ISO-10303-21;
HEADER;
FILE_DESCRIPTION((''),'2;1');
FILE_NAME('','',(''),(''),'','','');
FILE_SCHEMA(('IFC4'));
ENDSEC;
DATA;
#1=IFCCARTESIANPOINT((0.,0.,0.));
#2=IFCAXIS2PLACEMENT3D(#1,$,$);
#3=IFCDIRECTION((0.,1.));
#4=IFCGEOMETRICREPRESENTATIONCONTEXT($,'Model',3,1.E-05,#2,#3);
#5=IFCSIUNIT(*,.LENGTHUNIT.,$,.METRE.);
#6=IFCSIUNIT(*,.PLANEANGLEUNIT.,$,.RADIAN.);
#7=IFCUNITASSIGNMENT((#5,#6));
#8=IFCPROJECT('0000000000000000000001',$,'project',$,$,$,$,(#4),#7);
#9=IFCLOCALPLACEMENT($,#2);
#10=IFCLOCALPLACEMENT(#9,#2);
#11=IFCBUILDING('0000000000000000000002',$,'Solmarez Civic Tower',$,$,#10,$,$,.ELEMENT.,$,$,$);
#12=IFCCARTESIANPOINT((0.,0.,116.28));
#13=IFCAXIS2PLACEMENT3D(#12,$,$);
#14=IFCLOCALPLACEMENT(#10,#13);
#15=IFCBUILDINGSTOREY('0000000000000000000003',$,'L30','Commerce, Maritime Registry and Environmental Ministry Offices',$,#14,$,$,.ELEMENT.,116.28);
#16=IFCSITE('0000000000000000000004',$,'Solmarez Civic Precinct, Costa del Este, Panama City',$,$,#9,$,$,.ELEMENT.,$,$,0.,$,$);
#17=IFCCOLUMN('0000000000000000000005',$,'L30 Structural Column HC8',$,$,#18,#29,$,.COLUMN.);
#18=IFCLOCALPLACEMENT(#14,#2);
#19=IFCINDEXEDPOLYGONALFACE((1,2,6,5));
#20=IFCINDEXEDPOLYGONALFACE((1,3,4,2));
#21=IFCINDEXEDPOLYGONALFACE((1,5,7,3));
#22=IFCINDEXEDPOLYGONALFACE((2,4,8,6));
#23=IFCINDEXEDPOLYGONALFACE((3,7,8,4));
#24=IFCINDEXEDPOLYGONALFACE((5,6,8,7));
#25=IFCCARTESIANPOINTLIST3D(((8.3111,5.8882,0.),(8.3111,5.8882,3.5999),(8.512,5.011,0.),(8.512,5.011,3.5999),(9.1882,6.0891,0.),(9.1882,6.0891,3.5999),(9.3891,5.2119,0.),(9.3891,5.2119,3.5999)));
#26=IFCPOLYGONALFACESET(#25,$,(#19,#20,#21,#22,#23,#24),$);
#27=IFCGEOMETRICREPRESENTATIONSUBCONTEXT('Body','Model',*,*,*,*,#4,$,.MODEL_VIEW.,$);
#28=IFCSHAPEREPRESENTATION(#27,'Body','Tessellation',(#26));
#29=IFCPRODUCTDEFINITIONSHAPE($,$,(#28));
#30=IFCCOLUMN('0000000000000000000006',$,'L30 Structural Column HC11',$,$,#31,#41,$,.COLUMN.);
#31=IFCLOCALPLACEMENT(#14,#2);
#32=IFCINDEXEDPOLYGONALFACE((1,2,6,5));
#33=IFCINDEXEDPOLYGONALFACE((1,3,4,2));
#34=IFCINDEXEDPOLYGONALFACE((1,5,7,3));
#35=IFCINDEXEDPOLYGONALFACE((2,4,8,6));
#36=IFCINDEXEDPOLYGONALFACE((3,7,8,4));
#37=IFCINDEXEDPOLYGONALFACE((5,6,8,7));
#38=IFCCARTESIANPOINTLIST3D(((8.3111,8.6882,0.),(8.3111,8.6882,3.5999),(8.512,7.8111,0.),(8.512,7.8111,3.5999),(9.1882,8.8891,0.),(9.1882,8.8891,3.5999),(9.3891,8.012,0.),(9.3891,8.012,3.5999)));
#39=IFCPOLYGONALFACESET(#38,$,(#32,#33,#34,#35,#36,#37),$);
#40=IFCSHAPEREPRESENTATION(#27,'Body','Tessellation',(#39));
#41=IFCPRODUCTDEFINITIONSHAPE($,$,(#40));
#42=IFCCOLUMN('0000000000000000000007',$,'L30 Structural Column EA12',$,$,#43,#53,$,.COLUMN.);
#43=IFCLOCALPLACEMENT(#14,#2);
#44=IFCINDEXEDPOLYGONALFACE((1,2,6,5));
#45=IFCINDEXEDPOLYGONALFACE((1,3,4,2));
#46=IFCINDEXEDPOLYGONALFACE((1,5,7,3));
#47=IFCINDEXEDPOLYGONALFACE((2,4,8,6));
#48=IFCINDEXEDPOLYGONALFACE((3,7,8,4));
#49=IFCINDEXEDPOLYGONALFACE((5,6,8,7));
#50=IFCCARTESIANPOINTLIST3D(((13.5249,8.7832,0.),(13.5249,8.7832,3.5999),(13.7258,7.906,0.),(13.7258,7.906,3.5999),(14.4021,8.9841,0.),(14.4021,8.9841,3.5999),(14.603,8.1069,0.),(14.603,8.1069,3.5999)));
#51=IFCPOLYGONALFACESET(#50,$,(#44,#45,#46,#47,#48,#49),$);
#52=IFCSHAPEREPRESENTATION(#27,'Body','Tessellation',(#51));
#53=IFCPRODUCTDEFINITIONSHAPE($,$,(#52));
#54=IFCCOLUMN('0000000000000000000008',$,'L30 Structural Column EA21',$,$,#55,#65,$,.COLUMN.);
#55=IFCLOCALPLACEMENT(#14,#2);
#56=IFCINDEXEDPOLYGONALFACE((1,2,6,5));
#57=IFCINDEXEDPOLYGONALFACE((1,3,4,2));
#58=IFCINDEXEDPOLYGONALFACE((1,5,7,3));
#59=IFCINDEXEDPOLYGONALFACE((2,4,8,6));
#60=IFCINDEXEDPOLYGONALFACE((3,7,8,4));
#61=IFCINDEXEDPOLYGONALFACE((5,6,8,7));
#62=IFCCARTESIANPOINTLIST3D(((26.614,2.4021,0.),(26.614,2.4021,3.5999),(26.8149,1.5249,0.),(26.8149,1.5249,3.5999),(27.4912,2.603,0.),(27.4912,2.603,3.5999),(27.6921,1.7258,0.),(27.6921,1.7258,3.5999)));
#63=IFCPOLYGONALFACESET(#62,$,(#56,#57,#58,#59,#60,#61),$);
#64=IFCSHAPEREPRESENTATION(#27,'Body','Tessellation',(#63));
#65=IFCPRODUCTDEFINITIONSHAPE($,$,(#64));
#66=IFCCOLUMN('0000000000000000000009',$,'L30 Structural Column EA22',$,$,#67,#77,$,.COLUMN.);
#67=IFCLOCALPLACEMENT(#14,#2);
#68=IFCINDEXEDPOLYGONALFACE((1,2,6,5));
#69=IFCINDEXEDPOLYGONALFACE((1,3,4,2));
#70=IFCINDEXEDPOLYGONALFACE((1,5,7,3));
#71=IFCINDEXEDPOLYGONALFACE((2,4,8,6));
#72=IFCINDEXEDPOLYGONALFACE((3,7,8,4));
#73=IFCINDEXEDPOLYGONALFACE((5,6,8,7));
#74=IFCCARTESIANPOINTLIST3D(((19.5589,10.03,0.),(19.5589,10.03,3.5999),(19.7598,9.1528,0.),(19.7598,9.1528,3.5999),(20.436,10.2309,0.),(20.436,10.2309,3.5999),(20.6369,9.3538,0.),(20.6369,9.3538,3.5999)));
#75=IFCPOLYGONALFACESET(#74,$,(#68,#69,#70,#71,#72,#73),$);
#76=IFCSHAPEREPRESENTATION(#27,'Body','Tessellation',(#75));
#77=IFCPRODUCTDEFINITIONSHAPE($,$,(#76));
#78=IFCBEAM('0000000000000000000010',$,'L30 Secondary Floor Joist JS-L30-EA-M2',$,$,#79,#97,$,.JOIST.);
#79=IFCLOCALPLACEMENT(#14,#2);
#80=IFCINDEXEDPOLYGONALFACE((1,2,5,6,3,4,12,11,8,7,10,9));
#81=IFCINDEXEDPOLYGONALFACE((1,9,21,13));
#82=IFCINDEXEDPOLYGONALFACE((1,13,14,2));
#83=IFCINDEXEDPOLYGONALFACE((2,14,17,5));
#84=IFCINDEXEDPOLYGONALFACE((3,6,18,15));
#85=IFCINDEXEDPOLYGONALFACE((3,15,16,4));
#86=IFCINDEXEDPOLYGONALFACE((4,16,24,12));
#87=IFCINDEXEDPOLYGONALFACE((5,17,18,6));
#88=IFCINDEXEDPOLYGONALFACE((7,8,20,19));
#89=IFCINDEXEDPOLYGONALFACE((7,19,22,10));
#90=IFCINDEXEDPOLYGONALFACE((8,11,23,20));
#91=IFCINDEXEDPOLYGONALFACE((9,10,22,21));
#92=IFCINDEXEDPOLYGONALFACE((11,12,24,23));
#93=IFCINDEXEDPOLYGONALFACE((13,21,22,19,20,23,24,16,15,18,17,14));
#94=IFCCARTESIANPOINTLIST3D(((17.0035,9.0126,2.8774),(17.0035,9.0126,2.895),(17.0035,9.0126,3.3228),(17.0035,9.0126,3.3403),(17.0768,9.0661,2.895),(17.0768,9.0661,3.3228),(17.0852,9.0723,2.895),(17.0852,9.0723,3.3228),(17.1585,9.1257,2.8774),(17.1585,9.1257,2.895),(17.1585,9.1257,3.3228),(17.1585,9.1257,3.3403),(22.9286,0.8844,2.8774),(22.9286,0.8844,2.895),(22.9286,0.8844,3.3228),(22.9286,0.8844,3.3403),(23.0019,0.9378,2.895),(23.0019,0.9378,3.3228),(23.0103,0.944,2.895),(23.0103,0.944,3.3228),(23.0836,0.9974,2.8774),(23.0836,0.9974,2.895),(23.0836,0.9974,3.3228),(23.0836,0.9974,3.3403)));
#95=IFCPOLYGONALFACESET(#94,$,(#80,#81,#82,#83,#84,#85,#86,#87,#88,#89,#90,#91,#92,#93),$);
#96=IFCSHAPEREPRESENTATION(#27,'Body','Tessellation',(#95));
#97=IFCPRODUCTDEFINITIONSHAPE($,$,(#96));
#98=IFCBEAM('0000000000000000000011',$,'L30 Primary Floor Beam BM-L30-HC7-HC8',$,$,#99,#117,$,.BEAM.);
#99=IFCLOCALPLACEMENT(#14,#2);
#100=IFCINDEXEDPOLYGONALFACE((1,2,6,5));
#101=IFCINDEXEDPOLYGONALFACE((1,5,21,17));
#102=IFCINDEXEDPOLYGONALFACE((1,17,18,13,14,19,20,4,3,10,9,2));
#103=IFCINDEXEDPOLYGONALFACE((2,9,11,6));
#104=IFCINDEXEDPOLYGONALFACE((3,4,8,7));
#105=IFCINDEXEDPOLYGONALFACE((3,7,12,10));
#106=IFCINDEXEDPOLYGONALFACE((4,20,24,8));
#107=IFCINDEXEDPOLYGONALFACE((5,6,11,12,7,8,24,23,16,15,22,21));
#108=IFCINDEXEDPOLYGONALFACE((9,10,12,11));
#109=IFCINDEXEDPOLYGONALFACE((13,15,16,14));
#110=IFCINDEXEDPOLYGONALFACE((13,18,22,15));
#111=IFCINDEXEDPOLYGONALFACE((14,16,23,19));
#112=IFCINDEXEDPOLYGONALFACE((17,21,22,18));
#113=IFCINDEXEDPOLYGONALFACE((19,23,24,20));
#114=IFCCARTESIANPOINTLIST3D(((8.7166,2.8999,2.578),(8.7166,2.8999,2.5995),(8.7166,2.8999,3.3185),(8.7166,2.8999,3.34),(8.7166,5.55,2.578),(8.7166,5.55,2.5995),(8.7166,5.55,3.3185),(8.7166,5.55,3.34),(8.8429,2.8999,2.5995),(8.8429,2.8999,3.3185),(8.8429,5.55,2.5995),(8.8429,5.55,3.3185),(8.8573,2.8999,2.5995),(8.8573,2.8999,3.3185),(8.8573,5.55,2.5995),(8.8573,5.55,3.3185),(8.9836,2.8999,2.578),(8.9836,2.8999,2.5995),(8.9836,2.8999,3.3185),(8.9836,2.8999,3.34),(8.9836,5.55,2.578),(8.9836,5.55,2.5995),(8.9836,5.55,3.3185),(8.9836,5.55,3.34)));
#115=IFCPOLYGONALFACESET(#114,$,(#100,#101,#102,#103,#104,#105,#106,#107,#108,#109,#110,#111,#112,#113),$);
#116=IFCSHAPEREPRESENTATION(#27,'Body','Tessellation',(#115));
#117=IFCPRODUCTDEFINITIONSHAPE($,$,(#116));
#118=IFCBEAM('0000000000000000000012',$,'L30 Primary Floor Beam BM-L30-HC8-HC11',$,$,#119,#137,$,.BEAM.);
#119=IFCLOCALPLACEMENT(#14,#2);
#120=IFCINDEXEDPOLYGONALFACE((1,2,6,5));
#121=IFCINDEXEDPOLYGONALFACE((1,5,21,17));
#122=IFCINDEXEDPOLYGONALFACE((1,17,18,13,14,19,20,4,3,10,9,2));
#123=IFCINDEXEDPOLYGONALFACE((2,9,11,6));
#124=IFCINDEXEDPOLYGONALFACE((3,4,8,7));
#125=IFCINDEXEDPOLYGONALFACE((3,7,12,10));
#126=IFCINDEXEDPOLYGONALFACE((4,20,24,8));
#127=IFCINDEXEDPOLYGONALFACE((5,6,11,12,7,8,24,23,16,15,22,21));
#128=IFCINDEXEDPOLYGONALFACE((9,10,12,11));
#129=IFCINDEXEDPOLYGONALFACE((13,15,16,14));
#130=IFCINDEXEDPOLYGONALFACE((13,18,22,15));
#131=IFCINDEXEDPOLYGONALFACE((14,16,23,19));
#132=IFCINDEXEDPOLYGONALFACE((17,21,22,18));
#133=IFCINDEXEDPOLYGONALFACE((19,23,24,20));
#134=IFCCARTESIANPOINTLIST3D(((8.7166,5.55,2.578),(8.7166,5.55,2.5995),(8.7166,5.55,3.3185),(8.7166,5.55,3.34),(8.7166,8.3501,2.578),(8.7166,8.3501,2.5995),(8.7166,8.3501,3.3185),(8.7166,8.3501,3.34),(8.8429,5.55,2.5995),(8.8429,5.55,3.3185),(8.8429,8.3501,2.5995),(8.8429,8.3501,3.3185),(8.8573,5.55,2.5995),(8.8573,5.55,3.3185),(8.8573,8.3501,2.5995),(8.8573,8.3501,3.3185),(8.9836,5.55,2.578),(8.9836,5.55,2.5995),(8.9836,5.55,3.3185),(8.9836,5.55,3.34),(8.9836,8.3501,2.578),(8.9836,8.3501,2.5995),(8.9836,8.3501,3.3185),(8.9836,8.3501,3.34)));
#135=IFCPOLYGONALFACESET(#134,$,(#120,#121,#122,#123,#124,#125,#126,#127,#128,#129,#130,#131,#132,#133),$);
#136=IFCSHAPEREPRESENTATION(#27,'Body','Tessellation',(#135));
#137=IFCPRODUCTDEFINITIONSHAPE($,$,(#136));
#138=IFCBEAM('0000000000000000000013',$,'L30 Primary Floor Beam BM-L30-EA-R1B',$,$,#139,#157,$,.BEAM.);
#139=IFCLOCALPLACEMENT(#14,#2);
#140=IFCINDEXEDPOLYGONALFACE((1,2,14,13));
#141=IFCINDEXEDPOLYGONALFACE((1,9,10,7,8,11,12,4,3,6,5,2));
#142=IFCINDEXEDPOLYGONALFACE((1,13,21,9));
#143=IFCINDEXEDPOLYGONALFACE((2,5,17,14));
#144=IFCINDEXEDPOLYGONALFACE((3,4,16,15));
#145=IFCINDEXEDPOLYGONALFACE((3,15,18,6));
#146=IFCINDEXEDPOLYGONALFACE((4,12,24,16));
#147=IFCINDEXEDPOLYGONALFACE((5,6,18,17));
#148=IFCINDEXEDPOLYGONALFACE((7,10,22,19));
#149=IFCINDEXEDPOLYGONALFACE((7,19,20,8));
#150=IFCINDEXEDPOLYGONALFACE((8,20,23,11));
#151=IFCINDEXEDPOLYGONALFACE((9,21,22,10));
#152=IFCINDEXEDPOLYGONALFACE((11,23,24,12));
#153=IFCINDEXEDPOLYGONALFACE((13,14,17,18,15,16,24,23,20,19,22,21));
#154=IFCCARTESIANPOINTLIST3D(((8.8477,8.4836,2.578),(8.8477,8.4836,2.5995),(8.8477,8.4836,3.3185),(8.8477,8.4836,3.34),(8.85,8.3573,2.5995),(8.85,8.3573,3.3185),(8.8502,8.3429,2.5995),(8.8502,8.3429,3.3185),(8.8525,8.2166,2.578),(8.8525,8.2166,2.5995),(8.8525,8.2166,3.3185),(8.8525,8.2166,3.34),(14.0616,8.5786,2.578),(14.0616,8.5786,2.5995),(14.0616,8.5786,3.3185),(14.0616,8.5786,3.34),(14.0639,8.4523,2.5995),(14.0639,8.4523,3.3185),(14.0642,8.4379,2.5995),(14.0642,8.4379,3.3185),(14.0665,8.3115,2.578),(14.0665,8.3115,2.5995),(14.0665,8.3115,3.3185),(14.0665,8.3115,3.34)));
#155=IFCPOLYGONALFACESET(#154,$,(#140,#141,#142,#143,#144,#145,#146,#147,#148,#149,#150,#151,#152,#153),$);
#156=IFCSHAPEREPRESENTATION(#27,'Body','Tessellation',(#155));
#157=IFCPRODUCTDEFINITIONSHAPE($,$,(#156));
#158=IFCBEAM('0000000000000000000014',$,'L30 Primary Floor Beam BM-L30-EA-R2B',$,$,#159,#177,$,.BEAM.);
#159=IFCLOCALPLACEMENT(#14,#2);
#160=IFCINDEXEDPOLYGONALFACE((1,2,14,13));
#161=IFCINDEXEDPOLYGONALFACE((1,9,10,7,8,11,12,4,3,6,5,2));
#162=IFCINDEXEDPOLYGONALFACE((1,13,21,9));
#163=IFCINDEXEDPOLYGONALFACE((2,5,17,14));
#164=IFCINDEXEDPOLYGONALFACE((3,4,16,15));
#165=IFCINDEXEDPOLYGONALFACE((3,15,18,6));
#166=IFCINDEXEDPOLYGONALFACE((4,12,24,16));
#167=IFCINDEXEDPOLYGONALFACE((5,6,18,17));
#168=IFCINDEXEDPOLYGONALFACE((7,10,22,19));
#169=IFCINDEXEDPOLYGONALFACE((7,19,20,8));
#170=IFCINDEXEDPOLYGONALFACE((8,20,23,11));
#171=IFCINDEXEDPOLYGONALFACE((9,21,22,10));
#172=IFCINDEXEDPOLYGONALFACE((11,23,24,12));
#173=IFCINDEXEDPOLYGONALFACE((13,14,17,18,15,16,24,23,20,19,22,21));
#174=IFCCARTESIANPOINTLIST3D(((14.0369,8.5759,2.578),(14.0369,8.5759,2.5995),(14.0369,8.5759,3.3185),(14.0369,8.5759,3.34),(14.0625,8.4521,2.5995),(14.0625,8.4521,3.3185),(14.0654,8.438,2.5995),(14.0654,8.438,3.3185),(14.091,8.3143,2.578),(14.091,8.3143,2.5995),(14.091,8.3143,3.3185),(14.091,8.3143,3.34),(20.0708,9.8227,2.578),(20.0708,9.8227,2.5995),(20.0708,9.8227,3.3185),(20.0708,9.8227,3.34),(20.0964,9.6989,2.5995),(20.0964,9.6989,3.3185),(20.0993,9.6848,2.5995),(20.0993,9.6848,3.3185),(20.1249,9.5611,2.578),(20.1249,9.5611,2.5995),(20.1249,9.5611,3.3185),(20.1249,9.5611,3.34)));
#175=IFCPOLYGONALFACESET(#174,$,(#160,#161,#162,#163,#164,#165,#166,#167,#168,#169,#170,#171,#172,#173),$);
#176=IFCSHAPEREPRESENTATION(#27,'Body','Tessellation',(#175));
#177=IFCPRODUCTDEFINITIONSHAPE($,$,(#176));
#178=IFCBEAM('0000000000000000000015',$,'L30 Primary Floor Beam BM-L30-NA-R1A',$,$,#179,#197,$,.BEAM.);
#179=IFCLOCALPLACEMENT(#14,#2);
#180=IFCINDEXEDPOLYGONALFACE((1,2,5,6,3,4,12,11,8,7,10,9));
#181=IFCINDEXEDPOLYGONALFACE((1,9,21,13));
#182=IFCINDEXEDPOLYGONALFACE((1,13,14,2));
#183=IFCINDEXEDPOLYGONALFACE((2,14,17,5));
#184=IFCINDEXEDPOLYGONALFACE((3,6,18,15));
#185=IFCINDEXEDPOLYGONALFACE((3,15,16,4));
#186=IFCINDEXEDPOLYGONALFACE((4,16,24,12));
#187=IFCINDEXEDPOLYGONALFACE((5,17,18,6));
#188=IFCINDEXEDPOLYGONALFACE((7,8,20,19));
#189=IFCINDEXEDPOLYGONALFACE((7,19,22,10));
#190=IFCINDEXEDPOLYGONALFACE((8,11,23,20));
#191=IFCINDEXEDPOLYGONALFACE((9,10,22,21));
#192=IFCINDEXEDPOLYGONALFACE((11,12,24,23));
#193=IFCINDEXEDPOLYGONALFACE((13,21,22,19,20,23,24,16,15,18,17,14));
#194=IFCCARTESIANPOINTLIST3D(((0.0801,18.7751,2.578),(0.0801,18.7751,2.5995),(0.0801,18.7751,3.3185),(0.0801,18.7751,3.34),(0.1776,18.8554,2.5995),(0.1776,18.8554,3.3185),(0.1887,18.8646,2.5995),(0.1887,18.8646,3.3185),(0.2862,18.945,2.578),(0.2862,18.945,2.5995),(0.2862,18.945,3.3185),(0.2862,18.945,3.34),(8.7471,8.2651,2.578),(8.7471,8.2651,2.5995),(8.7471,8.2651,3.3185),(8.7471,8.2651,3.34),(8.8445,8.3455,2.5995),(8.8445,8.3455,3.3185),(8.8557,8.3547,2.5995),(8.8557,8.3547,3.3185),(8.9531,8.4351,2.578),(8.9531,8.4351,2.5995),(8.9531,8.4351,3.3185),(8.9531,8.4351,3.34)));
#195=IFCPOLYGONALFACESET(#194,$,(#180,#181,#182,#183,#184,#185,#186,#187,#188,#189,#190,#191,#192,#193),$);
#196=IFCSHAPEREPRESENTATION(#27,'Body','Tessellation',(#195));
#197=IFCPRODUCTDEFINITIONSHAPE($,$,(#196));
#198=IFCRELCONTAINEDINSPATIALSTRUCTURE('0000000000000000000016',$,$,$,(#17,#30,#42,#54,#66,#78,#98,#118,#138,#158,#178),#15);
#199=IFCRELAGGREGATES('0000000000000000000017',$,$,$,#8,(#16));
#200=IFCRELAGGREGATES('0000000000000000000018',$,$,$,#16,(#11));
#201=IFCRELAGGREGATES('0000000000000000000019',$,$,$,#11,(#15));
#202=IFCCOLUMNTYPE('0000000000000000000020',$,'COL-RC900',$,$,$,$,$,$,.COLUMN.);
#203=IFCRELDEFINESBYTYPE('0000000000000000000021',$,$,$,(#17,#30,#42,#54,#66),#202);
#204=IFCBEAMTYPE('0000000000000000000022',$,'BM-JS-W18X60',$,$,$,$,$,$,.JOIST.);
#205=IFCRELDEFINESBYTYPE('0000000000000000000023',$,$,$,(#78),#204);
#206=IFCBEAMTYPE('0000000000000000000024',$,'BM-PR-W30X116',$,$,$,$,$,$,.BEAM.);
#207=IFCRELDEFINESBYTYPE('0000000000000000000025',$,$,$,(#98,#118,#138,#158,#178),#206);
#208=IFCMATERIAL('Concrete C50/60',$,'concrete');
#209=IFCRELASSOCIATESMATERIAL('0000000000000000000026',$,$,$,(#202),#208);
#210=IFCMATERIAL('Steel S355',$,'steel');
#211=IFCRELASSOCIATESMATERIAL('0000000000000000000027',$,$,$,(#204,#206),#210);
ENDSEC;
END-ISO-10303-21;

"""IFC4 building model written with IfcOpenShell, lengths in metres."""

from ifc_helpers import new_model, si_unit, direction, frame, origin, origin_2d, place, context, subcontext, project, spatial, rectangle, i_section, extrude, material, material_profile, profile_set, type_object, element, save


model = new_model("IFC4")

# Units and contexts
model_context = context("Model", 3, precision=1e-05, world=origin(), true_north=direction((0.0, 1.0)))
body_context = subcontext(model_context, "Body", "Model", "MODEL_VIEW")
ifc_project = project(units=[si_unit("LENGTHUNIT", "METRE"), si_unit("PLANEANGLEUNIT", "RADIAN")], contexts=[model_context])

# Site, building, storey
site_placement = place(None, origin())
site = spatial("IfcSite", under=ifc_project, at=site_placement, Name="Solmarez Civic Precinct, Costa del Este, Panama City", CompositionType="ELEMENT", RefElevation=0.0)
building_placement = place(site_placement, origin())
building = spatial("IfcBuilding", under=site, at=building_placement, Name="Solmarez Civic Tower", CompositionType="ELEMENT")
storey_placement = place(building_placement, frame((0.0, 0.0, 116.28)))
storey = spatial("IfcBuildingStorey", under=building, at=storey_placement, Name="L30", Description="Commerce, Maritime Registry and Environmental Ministry Offices", CompositionType="ELEMENT", Elevation=116.28)

# Columns
ifc_material_1 = material(Name="Concrete C50/60", Category="concrete")
ifc_material_profile_1 = material_profile(ifc_material_1, rectangle(XDim=0.8999, YDim=0.8999, at=origin_2d()), Name="RC900X900")
ifc_profile_set_1 = profile_set([ifc_material_profile_1], Name="Concrete C50/60")
column_type = type_object("IfcColumnType", Name="COL-RC900", PredefinedType="COLUMN", material=ifc_profile_set_1)
for number, where, z_axis, x_axis, name in (
    (1, (8.8501, 5.55, 0.0), (0.0, 0.0, 1.0), (0.974761, 0.22325, 0.0), "L30 Structural Column HC8"),
    (2, (8.8501, 8.3501, 0.0), (0.0, 0.0, 1.0), (0.974761, 0.22325, 0.0), "L30 Structural Column HC11"),
    (3, (14.064, 8.4451, 0.0), (0.0, 0.0, 1.0), (0.974761, 0.22325, 0.0), "L30 Structural Column EA12"),
    (4, (27.1531, 2.064, 0.0), (0.0, 0.0, 1.0), (0.974761, 0.22325, 0.0), "L30 Structural Column EA21"),
    (5, (20.0979, 9.6919, 0.0), (0.0, 0.0, 1.0), (0.974761, 0.22325, 0.0), "L30 Structural Column EA22"),
):
    element("IfcColumn", number, at=place(storey_placement, frame(where, z_axis=z_axis, x_axis=x_axis)), inside=storey, type_object=column_type, Name=name, PredefinedType="COLUMN", context=body_context, shape_type="SweptSolid", body=[
        extrude(rectangle(XDim=0.8999, YDim=0.8999, at=origin_2d()), origin(), (0.0, 0.0, 1.0), 3.5999),
    ])

# Beams
ifc_material_2 = material(Name="Steel S355", Category="steel")
ifc_material_profile_2 = material_profile(ifc_material_2, i_section(OverallWidth=0.1919, OverallDepth=0.4629, WebThickness=0.0105, FlangeThickness=0.0176, at=origin_2d()), Name="W18X60")
ifc_profile_set_2 = profile_set([ifc_material_profile_2], Name="Steel S355")
beam_type_1 = type_object("IfcBeamType", Name="BM-JS-W18X60", PredefinedType="JOIST", material=ifc_profile_set_2)
beam_1_placement = place(storey_placement, frame((23.0061, 0.9409, 3.1089), z_axis=(-0.589059, 0.80809, 0.0), x_axis=(-0.80809, -0.589059, 0.0)))
element("IfcBeam", 6, at=beam_1_placement, inside=storey, type_object=beam_type_1, Name="L30 Secondary Floor Joist JS-L30-EA-M2", PredefinedType="JOIST", context=body_context, shape_type="SweptSolid", body=[
    extrude(i_section(OverallWidth=0.1919, OverallDepth=0.4629, WebThickness=0.0105, FlangeThickness=0.0176, at=origin_2d()), origin(), (0.0, 0.0, 1.0), 10.0586),
])
ifc_material_profile_3 = material_profile(ifc_material_2, i_section(OverallWidth=0.2671, OverallDepth=0.762, WebThickness=0.0144, FlangeThickness=0.0215, at=origin_2d()), Name="W30X116")
ifc_profile_set_3 = profile_set([ifc_material_profile_3], Name="Steel S355")
beam_type_2 = type_object("IfcBeamType", Name="BM-PR-W30X116", PredefinedType="BEAM", material=ifc_profile_set_3)
beam_2_placement = place(storey_placement, frame((8.8501, 2.8999, 2.959), z_axis=(0.0, 1.0, 0.0), x_axis=(-1.0, 0.0, 0.0)))
element("IfcBeam", 7, at=beam_2_placement, inside=storey, type_object=beam_type_2, Name="L30 Primary Floor Beam BM-L30-HC7-HC8", PredefinedType="BEAM", context=body_context, shape_type="SweptSolid", body=[
    extrude(i_section(OverallWidth=0.2671, OverallDepth=0.762, WebThickness=0.0144, FlangeThickness=0.0215, at=origin_2d()), origin(), (0.0, 0.0, 1.0), 2.6501),
])
beam_3_placement = place(storey_placement, frame((8.8501, 5.55, 2.959), z_axis=(0.0, 1.0, 0.0), x_axis=(-1.0, 0.0, 0.0)))
element("IfcBeam", 8, at=beam_3_placement, inside=storey, type_object=beam_type_2, Name="L30 Primary Floor Beam BM-L30-HC8-HC11", PredefinedType="BEAM", context=body_context, shape_type="SweptSolid", body=[
    extrude(i_section(OverallWidth=0.2671, OverallDepth=0.762, WebThickness=0.0144, FlangeThickness=0.0215, at=origin_2d()), origin(), (0.0, 0.0, 1.0), 2.8),
])
beam_4_placement = place(storey_placement, frame((8.8501, 8.3501, 2.959), z_axis=(0.999834, 0.018212, 0.0), x_axis=(-0.018212, 0.999834, 0.0)))
element("IfcBeam", 9, at=beam_4_placement, inside=storey, type_object=beam_type_2, Name="L30 Primary Floor Beam BM-L30-EA-R1B", PredefinedType="BEAM", context=body_context, shape_type="SweptSolid", body=[
    extrude(i_section(OverallWidth=0.2671, OverallDepth=0.762, WebThickness=0.0144, FlangeThickness=0.0215, at=origin_2d()), origin(), (0.0, 0.0, 1.0), 5.2148),
])
beam_5_placement = place(storey_placement, frame((14.064, 8.4451, 2.959), z_axis=(0.979311, 0.202361, 0.0), x_axis=(-0.202361, 0.979311, 0.0)))
element("IfcBeam", 10, at=beam_5_placement, inside=storey, type_object=beam_type_2, Name="L30 Primary Floor Beam BM-L30-EA-R2B", PredefinedType="BEAM", context=body_context, shape_type="SweptSolid", body=[
    extrude(i_section(OverallWidth=0.2671, OverallDepth=0.762, WebThickness=0.0144, FlangeThickness=0.0215, at=origin_2d()), origin(), (0.0, 0.0, 1.0), 6.1614),
])
beam_6_placement = place(storey_placement, frame((8.8501, 8.3501, 2.959), z_axis=(-0.636218, 0.771509, 0.0), x_axis=(-0.771509, -0.636218, 0.0)))
element("IfcBeam", 11, at=beam_6_placement, inside=storey, type_object=beam_type_2, Name="L30 Primary Floor Beam BM-L30-NA-R1A", PredefinedType="BEAM", context=body_context, shape_type="SweptSolid", body=[
    extrude(i_section(OverallWidth=0.2671, OverallDepth=0.762, WebThickness=0.0144, FlangeThickness=0.0215, at=origin_2d()), origin(), (0.0, 0.0, 1.0), 13.6226),
])

save(model, "model.ifc")
